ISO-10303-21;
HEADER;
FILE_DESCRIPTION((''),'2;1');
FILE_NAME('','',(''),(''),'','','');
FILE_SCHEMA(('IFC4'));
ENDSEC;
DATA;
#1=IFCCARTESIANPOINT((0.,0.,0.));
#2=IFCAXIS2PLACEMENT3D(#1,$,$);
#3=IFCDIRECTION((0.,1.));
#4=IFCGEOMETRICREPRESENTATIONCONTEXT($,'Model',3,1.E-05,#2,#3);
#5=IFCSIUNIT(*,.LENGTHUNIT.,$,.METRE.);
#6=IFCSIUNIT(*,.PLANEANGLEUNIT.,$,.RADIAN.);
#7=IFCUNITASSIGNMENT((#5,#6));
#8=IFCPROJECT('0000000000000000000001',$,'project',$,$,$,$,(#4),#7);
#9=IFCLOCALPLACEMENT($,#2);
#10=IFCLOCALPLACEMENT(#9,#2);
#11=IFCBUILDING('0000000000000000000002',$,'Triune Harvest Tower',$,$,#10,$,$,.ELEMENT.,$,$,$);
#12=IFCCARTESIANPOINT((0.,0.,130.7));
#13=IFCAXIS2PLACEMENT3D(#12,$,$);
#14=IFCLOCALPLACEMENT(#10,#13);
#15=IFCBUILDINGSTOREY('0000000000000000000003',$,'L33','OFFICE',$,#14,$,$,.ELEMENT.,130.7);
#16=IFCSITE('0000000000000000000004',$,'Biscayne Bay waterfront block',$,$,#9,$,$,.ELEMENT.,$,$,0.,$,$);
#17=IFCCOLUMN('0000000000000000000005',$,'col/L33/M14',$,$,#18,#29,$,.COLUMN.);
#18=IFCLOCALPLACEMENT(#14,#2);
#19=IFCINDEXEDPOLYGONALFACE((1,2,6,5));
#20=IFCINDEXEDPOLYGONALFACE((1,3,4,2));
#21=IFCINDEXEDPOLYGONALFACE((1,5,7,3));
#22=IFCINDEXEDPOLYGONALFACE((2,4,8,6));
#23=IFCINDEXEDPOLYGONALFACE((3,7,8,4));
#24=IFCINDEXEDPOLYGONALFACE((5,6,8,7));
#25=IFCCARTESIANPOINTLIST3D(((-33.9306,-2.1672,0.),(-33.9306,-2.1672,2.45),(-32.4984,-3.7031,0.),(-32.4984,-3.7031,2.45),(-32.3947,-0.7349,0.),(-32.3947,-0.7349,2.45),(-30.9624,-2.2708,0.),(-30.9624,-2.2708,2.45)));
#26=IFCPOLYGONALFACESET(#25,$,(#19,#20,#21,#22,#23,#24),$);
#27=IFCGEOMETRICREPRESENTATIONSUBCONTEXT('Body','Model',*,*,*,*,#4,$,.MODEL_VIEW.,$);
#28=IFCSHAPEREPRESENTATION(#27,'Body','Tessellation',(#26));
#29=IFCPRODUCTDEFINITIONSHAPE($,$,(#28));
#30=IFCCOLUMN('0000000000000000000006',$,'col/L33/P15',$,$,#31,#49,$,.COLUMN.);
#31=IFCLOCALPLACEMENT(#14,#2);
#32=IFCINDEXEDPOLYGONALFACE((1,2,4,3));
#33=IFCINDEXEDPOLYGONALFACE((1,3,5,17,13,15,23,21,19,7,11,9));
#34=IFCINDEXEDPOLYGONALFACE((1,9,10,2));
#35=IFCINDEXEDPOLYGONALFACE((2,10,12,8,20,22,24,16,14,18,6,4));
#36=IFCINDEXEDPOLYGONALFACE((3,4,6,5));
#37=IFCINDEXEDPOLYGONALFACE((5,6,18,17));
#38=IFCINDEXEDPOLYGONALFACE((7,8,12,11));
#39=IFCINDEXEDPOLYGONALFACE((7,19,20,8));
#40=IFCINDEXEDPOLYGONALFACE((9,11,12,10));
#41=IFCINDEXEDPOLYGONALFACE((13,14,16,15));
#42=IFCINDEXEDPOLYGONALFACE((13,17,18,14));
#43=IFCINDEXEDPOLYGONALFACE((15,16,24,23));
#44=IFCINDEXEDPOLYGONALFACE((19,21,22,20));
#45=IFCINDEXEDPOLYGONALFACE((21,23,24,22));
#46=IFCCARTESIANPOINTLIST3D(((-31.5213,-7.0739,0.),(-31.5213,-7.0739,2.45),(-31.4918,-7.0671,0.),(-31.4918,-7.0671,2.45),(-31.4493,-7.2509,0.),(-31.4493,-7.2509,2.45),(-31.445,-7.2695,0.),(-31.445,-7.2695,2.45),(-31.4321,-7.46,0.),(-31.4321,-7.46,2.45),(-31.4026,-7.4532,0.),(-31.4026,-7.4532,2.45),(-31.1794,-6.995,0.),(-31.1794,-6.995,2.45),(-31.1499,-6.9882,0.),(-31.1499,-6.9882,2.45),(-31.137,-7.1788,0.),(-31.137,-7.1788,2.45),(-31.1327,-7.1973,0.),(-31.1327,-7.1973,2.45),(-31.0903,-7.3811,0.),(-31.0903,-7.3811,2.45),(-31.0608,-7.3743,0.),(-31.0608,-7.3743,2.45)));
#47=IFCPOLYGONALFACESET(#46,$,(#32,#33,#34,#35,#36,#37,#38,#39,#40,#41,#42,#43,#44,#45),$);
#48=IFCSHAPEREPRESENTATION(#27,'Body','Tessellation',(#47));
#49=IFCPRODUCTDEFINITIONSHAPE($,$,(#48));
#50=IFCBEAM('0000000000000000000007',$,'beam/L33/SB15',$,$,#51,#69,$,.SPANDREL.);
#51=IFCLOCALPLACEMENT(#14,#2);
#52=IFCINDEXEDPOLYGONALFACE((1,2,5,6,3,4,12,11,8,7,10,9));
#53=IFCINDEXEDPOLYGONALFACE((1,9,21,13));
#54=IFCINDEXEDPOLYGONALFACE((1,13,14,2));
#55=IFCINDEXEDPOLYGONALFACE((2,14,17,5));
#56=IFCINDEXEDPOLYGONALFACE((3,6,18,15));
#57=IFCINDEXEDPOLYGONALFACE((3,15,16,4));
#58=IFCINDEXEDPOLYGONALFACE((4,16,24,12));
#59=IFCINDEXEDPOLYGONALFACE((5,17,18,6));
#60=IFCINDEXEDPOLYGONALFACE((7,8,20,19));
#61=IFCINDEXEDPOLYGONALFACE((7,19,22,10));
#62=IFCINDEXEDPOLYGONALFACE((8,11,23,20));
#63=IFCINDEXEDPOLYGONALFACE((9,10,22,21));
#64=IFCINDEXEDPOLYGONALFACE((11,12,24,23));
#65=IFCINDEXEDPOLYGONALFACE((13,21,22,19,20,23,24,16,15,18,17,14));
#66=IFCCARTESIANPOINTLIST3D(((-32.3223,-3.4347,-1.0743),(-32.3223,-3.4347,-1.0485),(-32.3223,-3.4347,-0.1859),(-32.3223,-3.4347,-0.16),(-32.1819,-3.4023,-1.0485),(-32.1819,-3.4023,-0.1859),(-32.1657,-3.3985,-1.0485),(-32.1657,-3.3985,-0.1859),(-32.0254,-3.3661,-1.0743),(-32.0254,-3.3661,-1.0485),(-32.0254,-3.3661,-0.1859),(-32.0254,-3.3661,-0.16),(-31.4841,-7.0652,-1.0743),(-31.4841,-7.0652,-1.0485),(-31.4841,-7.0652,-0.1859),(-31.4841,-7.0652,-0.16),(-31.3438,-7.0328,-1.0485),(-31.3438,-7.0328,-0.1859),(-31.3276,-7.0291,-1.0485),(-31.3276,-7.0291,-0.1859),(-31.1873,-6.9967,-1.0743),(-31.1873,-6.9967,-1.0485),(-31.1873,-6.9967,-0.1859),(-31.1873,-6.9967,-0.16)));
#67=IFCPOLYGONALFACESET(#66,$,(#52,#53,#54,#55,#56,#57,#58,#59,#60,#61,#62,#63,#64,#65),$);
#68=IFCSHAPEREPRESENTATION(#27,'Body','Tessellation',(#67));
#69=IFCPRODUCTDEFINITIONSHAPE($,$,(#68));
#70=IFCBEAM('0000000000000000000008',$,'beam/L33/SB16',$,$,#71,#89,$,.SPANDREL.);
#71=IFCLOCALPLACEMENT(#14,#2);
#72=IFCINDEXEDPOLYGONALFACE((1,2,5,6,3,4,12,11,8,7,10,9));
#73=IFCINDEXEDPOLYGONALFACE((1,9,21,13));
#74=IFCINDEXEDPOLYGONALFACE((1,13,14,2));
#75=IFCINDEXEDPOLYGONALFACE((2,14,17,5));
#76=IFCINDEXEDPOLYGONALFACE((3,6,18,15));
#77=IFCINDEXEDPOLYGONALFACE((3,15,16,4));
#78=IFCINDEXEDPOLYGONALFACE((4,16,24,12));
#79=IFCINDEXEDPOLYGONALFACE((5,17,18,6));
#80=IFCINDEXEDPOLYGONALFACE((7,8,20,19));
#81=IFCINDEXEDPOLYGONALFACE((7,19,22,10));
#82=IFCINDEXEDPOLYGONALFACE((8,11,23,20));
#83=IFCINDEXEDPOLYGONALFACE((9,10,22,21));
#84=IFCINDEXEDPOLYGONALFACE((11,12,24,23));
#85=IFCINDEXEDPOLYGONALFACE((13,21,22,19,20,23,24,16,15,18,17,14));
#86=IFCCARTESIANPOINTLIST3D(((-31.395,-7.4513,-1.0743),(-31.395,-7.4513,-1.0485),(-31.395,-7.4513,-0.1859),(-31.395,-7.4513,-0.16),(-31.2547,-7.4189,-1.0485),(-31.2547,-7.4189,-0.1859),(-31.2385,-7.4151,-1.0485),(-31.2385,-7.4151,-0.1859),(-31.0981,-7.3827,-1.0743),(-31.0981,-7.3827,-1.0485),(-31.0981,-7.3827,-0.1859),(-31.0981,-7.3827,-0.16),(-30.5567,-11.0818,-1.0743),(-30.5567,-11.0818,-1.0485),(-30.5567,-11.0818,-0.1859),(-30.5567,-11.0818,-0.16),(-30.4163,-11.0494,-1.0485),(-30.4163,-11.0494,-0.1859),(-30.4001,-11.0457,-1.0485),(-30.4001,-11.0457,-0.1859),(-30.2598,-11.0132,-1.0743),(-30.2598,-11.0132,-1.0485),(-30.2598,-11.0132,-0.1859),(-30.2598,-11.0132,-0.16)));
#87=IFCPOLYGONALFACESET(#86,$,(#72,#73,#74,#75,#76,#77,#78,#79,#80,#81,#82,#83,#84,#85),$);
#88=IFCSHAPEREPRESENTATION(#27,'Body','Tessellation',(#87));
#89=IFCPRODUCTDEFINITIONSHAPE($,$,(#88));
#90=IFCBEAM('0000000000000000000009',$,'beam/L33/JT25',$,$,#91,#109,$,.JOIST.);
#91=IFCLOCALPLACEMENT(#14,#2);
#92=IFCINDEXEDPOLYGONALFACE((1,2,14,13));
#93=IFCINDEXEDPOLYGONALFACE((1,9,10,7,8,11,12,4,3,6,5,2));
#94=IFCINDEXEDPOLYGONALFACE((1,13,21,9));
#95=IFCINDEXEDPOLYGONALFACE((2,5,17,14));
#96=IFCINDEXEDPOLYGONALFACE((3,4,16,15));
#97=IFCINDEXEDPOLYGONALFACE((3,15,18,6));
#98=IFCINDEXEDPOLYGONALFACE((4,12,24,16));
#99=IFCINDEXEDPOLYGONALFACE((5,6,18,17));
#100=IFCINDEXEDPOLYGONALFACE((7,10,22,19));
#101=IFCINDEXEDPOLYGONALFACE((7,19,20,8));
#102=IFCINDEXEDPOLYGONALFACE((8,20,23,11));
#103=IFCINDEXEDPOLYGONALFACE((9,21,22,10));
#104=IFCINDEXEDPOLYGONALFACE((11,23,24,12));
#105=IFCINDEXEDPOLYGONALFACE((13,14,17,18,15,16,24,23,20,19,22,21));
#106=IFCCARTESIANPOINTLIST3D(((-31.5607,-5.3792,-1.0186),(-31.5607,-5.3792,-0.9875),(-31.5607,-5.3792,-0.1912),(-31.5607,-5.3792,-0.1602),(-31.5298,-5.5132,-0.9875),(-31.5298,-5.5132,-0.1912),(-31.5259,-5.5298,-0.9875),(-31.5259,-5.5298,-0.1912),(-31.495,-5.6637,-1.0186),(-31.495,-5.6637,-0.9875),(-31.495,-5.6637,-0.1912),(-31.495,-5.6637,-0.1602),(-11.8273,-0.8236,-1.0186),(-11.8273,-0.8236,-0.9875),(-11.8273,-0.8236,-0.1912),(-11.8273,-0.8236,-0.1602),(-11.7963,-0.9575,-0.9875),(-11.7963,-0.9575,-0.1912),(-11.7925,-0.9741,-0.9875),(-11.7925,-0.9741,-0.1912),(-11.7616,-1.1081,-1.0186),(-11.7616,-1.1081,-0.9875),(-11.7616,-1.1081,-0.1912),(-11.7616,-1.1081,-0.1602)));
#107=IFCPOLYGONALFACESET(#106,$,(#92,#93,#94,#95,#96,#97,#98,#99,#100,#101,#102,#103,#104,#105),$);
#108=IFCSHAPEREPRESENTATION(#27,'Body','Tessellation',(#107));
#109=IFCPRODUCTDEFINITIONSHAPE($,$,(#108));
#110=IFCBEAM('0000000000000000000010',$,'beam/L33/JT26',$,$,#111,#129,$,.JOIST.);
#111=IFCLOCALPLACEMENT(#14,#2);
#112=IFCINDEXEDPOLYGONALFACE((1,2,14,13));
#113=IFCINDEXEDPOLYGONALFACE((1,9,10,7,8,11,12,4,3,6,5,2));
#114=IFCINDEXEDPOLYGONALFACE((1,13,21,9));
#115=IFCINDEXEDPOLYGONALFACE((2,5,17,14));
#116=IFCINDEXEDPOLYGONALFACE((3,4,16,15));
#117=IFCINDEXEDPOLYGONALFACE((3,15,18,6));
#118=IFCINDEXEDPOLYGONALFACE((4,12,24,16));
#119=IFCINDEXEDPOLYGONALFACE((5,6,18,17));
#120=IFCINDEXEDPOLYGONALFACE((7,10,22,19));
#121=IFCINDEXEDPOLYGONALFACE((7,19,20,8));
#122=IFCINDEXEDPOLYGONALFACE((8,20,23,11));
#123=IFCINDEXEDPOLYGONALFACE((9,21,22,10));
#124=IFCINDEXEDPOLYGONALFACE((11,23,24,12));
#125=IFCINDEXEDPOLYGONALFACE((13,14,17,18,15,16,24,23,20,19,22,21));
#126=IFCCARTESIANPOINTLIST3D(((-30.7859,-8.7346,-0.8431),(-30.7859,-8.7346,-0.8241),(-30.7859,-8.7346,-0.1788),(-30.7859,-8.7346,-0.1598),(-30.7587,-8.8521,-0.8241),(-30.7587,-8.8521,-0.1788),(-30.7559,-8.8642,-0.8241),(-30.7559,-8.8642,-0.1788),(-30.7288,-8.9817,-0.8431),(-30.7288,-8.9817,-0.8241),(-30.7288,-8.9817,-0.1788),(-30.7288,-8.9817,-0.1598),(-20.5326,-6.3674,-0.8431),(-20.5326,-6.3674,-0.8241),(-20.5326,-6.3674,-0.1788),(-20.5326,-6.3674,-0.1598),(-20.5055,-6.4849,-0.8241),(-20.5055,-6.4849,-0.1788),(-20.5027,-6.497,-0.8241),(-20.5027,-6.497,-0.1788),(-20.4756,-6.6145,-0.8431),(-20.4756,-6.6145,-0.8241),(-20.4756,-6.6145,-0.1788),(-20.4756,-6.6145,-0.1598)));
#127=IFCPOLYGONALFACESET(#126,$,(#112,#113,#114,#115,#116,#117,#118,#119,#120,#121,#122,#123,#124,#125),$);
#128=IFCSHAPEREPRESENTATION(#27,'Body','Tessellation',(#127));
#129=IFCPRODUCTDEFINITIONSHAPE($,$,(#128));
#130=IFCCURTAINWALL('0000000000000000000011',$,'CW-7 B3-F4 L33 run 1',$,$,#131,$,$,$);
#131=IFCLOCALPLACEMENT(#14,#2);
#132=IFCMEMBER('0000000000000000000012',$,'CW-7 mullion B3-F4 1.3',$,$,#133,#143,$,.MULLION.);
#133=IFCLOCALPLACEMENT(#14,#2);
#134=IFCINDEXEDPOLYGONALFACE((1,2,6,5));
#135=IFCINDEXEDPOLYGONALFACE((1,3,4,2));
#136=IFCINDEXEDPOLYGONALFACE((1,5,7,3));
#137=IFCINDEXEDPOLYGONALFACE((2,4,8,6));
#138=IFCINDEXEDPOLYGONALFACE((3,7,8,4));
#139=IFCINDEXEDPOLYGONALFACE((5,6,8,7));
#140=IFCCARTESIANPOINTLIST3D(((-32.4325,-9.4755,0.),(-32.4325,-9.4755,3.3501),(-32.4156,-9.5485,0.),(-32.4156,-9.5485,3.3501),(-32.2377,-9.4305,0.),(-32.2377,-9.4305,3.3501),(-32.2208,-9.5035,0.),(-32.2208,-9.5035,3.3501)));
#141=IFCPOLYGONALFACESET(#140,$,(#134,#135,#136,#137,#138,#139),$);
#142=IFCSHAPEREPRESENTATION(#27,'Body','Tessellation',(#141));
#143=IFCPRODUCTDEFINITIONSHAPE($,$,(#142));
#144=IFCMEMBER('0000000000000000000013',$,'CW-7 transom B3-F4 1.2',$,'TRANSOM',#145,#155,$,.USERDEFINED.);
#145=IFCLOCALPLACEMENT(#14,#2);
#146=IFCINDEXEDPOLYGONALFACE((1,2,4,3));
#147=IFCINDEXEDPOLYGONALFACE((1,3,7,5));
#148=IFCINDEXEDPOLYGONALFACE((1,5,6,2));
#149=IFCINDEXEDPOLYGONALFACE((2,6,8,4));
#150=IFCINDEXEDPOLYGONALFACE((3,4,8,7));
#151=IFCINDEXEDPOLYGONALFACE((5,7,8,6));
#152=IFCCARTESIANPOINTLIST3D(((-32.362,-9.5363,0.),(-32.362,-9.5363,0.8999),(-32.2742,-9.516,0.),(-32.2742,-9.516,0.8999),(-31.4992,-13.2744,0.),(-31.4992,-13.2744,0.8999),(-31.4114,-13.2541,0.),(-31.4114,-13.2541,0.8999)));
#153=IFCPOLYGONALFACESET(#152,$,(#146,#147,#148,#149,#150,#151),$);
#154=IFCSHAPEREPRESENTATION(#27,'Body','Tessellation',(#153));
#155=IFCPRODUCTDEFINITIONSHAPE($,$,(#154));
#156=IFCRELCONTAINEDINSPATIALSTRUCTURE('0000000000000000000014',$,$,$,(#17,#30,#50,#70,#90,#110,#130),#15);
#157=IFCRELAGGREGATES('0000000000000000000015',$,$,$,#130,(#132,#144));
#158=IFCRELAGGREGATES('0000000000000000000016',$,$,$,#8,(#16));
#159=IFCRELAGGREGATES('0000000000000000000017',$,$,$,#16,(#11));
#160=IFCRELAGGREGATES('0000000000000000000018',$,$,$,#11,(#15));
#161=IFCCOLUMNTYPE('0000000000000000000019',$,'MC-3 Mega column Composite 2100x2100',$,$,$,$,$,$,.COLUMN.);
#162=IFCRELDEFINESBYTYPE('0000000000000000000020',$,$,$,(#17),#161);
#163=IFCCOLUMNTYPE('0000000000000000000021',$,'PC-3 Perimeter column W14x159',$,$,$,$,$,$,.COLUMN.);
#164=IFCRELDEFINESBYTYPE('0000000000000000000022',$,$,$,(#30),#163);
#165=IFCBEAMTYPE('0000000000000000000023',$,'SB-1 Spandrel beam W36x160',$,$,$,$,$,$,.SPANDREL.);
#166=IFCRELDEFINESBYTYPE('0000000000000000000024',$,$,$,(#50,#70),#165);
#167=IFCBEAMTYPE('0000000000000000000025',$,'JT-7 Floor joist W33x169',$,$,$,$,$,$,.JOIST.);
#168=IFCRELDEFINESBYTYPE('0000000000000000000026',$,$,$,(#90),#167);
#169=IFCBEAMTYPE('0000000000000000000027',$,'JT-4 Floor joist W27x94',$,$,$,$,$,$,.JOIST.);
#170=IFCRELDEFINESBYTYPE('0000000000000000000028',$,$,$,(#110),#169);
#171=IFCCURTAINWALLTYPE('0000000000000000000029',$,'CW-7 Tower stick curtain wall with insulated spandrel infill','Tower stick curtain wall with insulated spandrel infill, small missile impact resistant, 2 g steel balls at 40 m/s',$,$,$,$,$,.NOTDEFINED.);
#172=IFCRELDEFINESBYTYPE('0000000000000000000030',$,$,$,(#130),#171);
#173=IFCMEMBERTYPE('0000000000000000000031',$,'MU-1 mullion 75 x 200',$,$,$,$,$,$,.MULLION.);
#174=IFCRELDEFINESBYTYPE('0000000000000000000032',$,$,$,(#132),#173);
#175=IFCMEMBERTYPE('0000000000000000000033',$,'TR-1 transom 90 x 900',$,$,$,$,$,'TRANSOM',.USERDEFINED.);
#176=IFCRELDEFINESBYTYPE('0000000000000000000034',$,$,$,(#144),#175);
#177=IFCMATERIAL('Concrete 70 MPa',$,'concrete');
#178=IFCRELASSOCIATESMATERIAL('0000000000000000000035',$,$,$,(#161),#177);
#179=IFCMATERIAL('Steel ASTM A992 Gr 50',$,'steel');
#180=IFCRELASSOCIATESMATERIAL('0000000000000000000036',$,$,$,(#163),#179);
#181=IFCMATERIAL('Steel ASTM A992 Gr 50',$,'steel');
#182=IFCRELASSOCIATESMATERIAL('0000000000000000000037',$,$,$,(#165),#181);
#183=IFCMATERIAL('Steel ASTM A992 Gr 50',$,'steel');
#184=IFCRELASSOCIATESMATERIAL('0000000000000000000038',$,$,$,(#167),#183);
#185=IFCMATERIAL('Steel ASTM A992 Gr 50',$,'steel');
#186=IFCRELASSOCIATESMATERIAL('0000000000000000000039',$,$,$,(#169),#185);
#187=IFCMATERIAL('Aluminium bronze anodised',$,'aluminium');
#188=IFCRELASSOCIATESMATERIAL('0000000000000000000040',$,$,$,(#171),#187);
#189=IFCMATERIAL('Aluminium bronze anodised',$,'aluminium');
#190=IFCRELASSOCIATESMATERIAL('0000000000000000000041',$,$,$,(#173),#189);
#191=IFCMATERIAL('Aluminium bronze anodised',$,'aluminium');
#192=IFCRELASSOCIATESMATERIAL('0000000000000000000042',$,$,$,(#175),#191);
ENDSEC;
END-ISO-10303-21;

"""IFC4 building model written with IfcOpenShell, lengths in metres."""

from ifc_helpers import new_model, si_unit, direction, frame, origin, origin_2d, place, context, subcontext, project, spatial, rectangle, i_section, extrude, source, transform, mapped, material, material_profile, profile_set, type_object, element, aggregate, save


model = new_model("IFC4")

# Units and contexts
model_context = context("Model", 3, precision=1e-05, world=origin(), true_north=direction((0.0, 1.0)))
body_context = subcontext(model_context, "Body", "Model", "MODEL_VIEW")
ifc_project = project(units=[si_unit("LENGTHUNIT", "METRE"), si_unit("PLANEANGLEUNIT", "RADIAN")], contexts=[model_context])

# Site, building, storey
site_placement = place(None, origin())
site = spatial("IfcSite", under=ifc_project, at=site_placement, Name="Biscayne Bay waterfront block", CompositionType="ELEMENT", RefElevation=0.0)
building_placement = place(site_placement, origin())
building = spatial("IfcBuilding", under=site, at=building_placement, Name="Triune Harvest Tower", CompositionType="ELEMENT")
storey_placement = place(building_placement, frame((0.0, 0.0, 130.7)))
storey = spatial("IfcBuildingStorey", under=building, at=storey_placement, Name="L33", Description="OFFICE", CompositionType="ELEMENT", Elevation=130.7)

# Columns
ifc_material_1 = material(Name="Concrete 70 MPa", Category="concrete")
ifc_material_profile_1 = material_profile(ifc_material_1, rectangle(XDim=2.1001, YDim=2.1001, at=origin_2d()), Name="Composite 2100x2100")
ifc_profile_set_1 = profile_set([ifc_material_profile_1], Name="Concrete 70 MPa")
column_type_1 = type_object("IfcColumnType", Name="MC-3 Mega column Composite 2100x2100", PredefinedType="COLUMN", material=ifc_profile_set_1)
shared_shape_1 = source(origin(), body_context, "Body", "SweptSolid", [
    extrude(rectangle(XDim=2.1001, YDim=2.1001, at=origin_2d()), origin(), (0.0, 0.0, 1.0), 2.45),
])
column_1_placement = place(storey_placement, frame((-32.4465, -2.219, 0.0), z_axis=(0.0, 0.0, 1.0), x_axis=(-0.731355, -0.681997, 0.0)))
element("IfcColumn", 1, at=column_1_placement, inside=storey, type_object=column_type_1, Name="col/L33/M14", PredefinedType="COLUMN", context=body_context, shape_type="MappedRepresentation", body=[
    mapped(shared_shape_1, transform((0.0, 0.0, 0.0), scale=1.0)),
])
ifc_material_2 = material(Name="Steel ASTM A992 Gr 50", Category="steel")
ifc_material_profile_2 = material_profile(ifc_material_2, i_section(OverallWidth=0.3962, OverallDepth=0.3811, WebThickness=0.019, FlangeThickness=0.0303, at=origin_2d()), Name="W14x159")
ifc_profile_set_2 = profile_set([ifc_material_profile_2], Name="Steel ASTM A992 Gr 50")
column_type_2 = type_object("IfcColumnType", Name="PC-3 Perimeter column W14x159", PredefinedType="COLUMN", material=ifc_profile_set_2)
shared_shape_2 = source(origin(), body_context, "Body", "SweptSolid", [
    extrude(i_section(OverallWidth=0.3962, OverallDepth=0.3811, WebThickness=0.019, FlangeThickness=0.0303, at=origin_2d()), origin(), (0.0, 0.0, 1.0), 2.45),
])
column_2_placement = place(storey_placement, frame((-31.291, -7.2241, 0.0), z_axis=(0.0, 0.0, 1.0), x_axis=(0.224951, -0.97437, 0.0)))
element("IfcColumn", 2, at=column_2_placement, inside=storey, type_object=column_type_2, Name="col/L33/P15", PredefinedType="COLUMN", context=body_context, shape_type="MappedRepresentation", body=[
    mapped(shared_shape_2, transform((0.0, 0.0, 0.0), scale=1.0)),
])

# Beams
ifc_material_3 = material(Name="Steel ASTM A992 Gr 50", Category="steel")
ifc_material_profile_3 = material_profile(ifc_material_3, i_section(OverallWidth=0.3047, OverallDepth=0.9143, WebThickness=0.0166, FlangeThickness=0.0259, at=origin_2d()), Name="W36x160")
ifc_profile_set_3 = profile_set([ifc_material_profile_3], Name="Steel ASTM A992 Gr 50")
beam_type_1 = type_object("IfcBeamType", Name="SB-1 Spandrel beam W36x160", PredefinedType="SPANDREL", material=ifc_profile_set_3)
shared_shape_3 = source(origin(), body_context, "Body", "SweptSolid", [
    extrude(i_section(OverallWidth=0.3047, OverallDepth=0.9143, WebThickness=0.0166, FlangeThickness=0.0259, at=origin_2d()), origin(), (0.0, 0.0, 1.0), 3.7261),
])
for number, where, z_axis, x_axis, name in (
    (3, (-32.1738, -3.4004, -0.6172), (0.224936, -0.974374, 0.0), (0.974374, 0.224936, 0.0), "beam/L33/SB15"),
    (4, (-31.2466, -7.417, -0.6172), (0.224998, -0.974359, 0.0), (0.974359, 0.224998, 0.0), "beam/L33/SB16"),
):
    element("IfcBeam", number, at=place(storey_placement, frame(where, z_axis=z_axis, x_axis=x_axis)), inside=storey, type_object=beam_type_1, Name=name, PredefinedType="SPANDREL", context=body_context, shape_type="MappedRepresentation", body=[
        mapped(shared_shape_3, transform((0.0, 0.0, 0.0), scale=1.0)),
    ])
ifc_material_4 = material(Name="Steel ASTM A992 Gr 50", Category="steel")
ifc_material_profile_4 = material_profile(ifc_material_4, i_section(OverallWidth=0.292, OverallDepth=0.8584, WebThickness=0.0171, FlangeThickness=0.031, at=origin_2d()), Name="W33x169")
ifc_profile_set_4 = profile_set([ifc_material_profile_4], Name="Steel ASTM A992 Gr 50")
beam_type_2 = type_object("IfcBeamType", Name="JT-7 Floor joist W33x169", PredefinedType="JOIST", material=ifc_profile_set_4)
shared_shape_4 = source(origin(), body_context, "Body", "SweptSolid", [
    extrude(i_section(OverallWidth=0.292, OverallDepth=0.8584, WebThickness=0.0171, FlangeThickness=0.031, at=origin_2d()), origin(), (0.0, 0.0, 1.0), 20.2524),
])
beam_1_placement = place(storey_placement, frame((-31.5278, -5.5215, -0.5894), z_axis=(0.974372, 0.224944, 0.0), x_axis=(-0.224944, 0.974372, 0.0)))
element("IfcBeam", 5, at=beam_1_placement, inside=storey, type_object=beam_type_2, Name="beam/L33/JT25", PredefinedType="JOIST", context=body_context, shape_type="MappedRepresentation", body=[
    mapped(shared_shape_4, transform((0.0, 0.0, 0.0), scale=1.0)),
])
ifc_material_5 = material(Name="Steel ASTM A992 Gr 50", Category="steel")
ifc_material_profile_5 = material_profile(ifc_material_5, i_section(OverallWidth=0.2537, OverallDepth=0.6833, WebThickness=0.0125, FlangeThickness=0.019, at=origin_2d()), Name="W27x94")
ifc_profile_set_5 = profile_set([ifc_material_profile_5], Name="Steel ASTM A992 Gr 50")
beam_type_3 = type_object("IfcBeamType", Name="JT-4 Floor joist W27x94", PredefinedType="JOIST", material=ifc_profile_set_5)
shared_shape_5 = source(origin(), body_context, "Body", "SweptSolid", [
    extrude(i_section(OverallWidth=0.2537, OverallDepth=0.6833, WebThickness=0.0125, FlangeThickness=0.019, at=origin_2d()), origin(), (0.0, 0.0, 1.0), 10.5229),
])
beam_2_placement = place(storey_placement, frame((-30.7573, -8.8582, -0.5015), z_axis=(0.974369, 0.224956, 0.0), x_axis=(-0.224956, 0.974369, 0.0)))
element("IfcBeam", 6, at=beam_2_placement, inside=storey, type_object=beam_type_3, Name="beam/L33/JT26", PredefinedType="JOIST", context=body_context, shape_type="MappedRepresentation", body=[
    mapped(shared_shape_5, transform((0.0, 0.0, 0.0), scale=1.0)),
])

# Curtain wall, members
ifc_material_6 = material(Name="Aluminium bronze anodised", Category="aluminium")
curtain_wall_type = type_object("IfcCurtainWallType", Name="CW-7 Tower stick curtain wall with insulated spandrel infill", Description="Tower stick curtain wall with insulated spandrel infill, small missile impact resistant, 2 g steel balls at 40 m/s", PredefinedType="NOTDEFINED", material=ifc_material_6)
curtain_wall_placement = place(storey_placement, origin())
curtain_wall = element("IfcCurtainWall", 7, at=curtain_wall_placement, inside=storey, type_object=curtain_wall_type, Name="CW-7 B3-F4 L33 run 1")
ifc_material_7 = material(Name="Aluminium bronze anodised", Category="aluminium")
ifc_material_profile_6 = material_profile(ifc_material_7, rectangle(XDim=0.2, YDim=0.075, at=origin_2d()), Name="MU-1 mullion 75 x 200")
ifc_profile_set_6 = profile_set([ifc_material_profile_6], Name="Aluminium bronze anodised")
member_type_1 = type_object("IfcMemberType", Name="MU-1 mullion 75 x 200", PredefinedType="MULLION", material=ifc_profile_set_6)
shared_shape_6 = source(origin(), body_context, "Body", "SweptSolid", [
    extrude(rectangle(XDim=0.2, YDim=0.075, at=origin_2d()), origin(), (0.0, 0.0, 1.0), 3.3501),
])
member_1_placement = place(storey_placement, frame((-32.3267, -9.4895, 0.0), z_axis=(0.0, 0.0, 1.0), x_axis=(0.974371, 0.224947, 0.0)))
member_1 = element("IfcMember", 8, at=member_1_placement, type_object=member_type_1, Name="CW-7 mullion B3-F4 1.3", PredefinedType="MULLION", context=body_context, shape_type="MappedRepresentation", body=[
    mapped(shared_shape_6, transform((0.0, 0.0, 0.0), scale=1.0)),
])
ifc_material_8 = material(Name="Aluminium bronze anodised", Category="aluminium")
ifc_material_profile_7 = material_profile(ifc_material_8, rectangle(XDim=0.0901, YDim=0.8999, at=origin_2d()), Name="TR-1 transom 90 x 900")
ifc_profile_set_7 = profile_set([ifc_material_profile_7], Name="Aluminium bronze anodised")
member_type_2 = type_object("IfcMemberType", Name="TR-1 transom 90 x 900", ElementType="TRANSOM", PredefinedType="USERDEFINED", material=ifc_profile_set_7)
shared_shape_7 = source(origin(), body_context, "Body", "SweptSolid", [
    extrude(rectangle(XDim=0.0901, YDim=0.8999, at=origin_2d()), origin(), (0.0, 0.0, 1.0), 3.8364),
])
member_2_placement = place(storey_placement, frame((-32.3181, -9.5261, 0.45), z_axis=(0.224901, -0.974382, 0.0), x_axis=(0.974382, 0.224901, 0.0)))
member_2 = element("IfcMember", 9, at=member_2_placement, type_object=member_type_2, Name="CW-7 transom B3-F4 1.2", ObjectType="TRANSOM", PredefinedType="USERDEFINED", context=body_context, shape_type="MappedRepresentation", body=[
    mapped(shared_shape_7, transform((0.0, 0.0, 0.0), scale=1.0)),
])
aggregate(curtain_wall, [member_1, member_2])

save(model, "model.ifc")
